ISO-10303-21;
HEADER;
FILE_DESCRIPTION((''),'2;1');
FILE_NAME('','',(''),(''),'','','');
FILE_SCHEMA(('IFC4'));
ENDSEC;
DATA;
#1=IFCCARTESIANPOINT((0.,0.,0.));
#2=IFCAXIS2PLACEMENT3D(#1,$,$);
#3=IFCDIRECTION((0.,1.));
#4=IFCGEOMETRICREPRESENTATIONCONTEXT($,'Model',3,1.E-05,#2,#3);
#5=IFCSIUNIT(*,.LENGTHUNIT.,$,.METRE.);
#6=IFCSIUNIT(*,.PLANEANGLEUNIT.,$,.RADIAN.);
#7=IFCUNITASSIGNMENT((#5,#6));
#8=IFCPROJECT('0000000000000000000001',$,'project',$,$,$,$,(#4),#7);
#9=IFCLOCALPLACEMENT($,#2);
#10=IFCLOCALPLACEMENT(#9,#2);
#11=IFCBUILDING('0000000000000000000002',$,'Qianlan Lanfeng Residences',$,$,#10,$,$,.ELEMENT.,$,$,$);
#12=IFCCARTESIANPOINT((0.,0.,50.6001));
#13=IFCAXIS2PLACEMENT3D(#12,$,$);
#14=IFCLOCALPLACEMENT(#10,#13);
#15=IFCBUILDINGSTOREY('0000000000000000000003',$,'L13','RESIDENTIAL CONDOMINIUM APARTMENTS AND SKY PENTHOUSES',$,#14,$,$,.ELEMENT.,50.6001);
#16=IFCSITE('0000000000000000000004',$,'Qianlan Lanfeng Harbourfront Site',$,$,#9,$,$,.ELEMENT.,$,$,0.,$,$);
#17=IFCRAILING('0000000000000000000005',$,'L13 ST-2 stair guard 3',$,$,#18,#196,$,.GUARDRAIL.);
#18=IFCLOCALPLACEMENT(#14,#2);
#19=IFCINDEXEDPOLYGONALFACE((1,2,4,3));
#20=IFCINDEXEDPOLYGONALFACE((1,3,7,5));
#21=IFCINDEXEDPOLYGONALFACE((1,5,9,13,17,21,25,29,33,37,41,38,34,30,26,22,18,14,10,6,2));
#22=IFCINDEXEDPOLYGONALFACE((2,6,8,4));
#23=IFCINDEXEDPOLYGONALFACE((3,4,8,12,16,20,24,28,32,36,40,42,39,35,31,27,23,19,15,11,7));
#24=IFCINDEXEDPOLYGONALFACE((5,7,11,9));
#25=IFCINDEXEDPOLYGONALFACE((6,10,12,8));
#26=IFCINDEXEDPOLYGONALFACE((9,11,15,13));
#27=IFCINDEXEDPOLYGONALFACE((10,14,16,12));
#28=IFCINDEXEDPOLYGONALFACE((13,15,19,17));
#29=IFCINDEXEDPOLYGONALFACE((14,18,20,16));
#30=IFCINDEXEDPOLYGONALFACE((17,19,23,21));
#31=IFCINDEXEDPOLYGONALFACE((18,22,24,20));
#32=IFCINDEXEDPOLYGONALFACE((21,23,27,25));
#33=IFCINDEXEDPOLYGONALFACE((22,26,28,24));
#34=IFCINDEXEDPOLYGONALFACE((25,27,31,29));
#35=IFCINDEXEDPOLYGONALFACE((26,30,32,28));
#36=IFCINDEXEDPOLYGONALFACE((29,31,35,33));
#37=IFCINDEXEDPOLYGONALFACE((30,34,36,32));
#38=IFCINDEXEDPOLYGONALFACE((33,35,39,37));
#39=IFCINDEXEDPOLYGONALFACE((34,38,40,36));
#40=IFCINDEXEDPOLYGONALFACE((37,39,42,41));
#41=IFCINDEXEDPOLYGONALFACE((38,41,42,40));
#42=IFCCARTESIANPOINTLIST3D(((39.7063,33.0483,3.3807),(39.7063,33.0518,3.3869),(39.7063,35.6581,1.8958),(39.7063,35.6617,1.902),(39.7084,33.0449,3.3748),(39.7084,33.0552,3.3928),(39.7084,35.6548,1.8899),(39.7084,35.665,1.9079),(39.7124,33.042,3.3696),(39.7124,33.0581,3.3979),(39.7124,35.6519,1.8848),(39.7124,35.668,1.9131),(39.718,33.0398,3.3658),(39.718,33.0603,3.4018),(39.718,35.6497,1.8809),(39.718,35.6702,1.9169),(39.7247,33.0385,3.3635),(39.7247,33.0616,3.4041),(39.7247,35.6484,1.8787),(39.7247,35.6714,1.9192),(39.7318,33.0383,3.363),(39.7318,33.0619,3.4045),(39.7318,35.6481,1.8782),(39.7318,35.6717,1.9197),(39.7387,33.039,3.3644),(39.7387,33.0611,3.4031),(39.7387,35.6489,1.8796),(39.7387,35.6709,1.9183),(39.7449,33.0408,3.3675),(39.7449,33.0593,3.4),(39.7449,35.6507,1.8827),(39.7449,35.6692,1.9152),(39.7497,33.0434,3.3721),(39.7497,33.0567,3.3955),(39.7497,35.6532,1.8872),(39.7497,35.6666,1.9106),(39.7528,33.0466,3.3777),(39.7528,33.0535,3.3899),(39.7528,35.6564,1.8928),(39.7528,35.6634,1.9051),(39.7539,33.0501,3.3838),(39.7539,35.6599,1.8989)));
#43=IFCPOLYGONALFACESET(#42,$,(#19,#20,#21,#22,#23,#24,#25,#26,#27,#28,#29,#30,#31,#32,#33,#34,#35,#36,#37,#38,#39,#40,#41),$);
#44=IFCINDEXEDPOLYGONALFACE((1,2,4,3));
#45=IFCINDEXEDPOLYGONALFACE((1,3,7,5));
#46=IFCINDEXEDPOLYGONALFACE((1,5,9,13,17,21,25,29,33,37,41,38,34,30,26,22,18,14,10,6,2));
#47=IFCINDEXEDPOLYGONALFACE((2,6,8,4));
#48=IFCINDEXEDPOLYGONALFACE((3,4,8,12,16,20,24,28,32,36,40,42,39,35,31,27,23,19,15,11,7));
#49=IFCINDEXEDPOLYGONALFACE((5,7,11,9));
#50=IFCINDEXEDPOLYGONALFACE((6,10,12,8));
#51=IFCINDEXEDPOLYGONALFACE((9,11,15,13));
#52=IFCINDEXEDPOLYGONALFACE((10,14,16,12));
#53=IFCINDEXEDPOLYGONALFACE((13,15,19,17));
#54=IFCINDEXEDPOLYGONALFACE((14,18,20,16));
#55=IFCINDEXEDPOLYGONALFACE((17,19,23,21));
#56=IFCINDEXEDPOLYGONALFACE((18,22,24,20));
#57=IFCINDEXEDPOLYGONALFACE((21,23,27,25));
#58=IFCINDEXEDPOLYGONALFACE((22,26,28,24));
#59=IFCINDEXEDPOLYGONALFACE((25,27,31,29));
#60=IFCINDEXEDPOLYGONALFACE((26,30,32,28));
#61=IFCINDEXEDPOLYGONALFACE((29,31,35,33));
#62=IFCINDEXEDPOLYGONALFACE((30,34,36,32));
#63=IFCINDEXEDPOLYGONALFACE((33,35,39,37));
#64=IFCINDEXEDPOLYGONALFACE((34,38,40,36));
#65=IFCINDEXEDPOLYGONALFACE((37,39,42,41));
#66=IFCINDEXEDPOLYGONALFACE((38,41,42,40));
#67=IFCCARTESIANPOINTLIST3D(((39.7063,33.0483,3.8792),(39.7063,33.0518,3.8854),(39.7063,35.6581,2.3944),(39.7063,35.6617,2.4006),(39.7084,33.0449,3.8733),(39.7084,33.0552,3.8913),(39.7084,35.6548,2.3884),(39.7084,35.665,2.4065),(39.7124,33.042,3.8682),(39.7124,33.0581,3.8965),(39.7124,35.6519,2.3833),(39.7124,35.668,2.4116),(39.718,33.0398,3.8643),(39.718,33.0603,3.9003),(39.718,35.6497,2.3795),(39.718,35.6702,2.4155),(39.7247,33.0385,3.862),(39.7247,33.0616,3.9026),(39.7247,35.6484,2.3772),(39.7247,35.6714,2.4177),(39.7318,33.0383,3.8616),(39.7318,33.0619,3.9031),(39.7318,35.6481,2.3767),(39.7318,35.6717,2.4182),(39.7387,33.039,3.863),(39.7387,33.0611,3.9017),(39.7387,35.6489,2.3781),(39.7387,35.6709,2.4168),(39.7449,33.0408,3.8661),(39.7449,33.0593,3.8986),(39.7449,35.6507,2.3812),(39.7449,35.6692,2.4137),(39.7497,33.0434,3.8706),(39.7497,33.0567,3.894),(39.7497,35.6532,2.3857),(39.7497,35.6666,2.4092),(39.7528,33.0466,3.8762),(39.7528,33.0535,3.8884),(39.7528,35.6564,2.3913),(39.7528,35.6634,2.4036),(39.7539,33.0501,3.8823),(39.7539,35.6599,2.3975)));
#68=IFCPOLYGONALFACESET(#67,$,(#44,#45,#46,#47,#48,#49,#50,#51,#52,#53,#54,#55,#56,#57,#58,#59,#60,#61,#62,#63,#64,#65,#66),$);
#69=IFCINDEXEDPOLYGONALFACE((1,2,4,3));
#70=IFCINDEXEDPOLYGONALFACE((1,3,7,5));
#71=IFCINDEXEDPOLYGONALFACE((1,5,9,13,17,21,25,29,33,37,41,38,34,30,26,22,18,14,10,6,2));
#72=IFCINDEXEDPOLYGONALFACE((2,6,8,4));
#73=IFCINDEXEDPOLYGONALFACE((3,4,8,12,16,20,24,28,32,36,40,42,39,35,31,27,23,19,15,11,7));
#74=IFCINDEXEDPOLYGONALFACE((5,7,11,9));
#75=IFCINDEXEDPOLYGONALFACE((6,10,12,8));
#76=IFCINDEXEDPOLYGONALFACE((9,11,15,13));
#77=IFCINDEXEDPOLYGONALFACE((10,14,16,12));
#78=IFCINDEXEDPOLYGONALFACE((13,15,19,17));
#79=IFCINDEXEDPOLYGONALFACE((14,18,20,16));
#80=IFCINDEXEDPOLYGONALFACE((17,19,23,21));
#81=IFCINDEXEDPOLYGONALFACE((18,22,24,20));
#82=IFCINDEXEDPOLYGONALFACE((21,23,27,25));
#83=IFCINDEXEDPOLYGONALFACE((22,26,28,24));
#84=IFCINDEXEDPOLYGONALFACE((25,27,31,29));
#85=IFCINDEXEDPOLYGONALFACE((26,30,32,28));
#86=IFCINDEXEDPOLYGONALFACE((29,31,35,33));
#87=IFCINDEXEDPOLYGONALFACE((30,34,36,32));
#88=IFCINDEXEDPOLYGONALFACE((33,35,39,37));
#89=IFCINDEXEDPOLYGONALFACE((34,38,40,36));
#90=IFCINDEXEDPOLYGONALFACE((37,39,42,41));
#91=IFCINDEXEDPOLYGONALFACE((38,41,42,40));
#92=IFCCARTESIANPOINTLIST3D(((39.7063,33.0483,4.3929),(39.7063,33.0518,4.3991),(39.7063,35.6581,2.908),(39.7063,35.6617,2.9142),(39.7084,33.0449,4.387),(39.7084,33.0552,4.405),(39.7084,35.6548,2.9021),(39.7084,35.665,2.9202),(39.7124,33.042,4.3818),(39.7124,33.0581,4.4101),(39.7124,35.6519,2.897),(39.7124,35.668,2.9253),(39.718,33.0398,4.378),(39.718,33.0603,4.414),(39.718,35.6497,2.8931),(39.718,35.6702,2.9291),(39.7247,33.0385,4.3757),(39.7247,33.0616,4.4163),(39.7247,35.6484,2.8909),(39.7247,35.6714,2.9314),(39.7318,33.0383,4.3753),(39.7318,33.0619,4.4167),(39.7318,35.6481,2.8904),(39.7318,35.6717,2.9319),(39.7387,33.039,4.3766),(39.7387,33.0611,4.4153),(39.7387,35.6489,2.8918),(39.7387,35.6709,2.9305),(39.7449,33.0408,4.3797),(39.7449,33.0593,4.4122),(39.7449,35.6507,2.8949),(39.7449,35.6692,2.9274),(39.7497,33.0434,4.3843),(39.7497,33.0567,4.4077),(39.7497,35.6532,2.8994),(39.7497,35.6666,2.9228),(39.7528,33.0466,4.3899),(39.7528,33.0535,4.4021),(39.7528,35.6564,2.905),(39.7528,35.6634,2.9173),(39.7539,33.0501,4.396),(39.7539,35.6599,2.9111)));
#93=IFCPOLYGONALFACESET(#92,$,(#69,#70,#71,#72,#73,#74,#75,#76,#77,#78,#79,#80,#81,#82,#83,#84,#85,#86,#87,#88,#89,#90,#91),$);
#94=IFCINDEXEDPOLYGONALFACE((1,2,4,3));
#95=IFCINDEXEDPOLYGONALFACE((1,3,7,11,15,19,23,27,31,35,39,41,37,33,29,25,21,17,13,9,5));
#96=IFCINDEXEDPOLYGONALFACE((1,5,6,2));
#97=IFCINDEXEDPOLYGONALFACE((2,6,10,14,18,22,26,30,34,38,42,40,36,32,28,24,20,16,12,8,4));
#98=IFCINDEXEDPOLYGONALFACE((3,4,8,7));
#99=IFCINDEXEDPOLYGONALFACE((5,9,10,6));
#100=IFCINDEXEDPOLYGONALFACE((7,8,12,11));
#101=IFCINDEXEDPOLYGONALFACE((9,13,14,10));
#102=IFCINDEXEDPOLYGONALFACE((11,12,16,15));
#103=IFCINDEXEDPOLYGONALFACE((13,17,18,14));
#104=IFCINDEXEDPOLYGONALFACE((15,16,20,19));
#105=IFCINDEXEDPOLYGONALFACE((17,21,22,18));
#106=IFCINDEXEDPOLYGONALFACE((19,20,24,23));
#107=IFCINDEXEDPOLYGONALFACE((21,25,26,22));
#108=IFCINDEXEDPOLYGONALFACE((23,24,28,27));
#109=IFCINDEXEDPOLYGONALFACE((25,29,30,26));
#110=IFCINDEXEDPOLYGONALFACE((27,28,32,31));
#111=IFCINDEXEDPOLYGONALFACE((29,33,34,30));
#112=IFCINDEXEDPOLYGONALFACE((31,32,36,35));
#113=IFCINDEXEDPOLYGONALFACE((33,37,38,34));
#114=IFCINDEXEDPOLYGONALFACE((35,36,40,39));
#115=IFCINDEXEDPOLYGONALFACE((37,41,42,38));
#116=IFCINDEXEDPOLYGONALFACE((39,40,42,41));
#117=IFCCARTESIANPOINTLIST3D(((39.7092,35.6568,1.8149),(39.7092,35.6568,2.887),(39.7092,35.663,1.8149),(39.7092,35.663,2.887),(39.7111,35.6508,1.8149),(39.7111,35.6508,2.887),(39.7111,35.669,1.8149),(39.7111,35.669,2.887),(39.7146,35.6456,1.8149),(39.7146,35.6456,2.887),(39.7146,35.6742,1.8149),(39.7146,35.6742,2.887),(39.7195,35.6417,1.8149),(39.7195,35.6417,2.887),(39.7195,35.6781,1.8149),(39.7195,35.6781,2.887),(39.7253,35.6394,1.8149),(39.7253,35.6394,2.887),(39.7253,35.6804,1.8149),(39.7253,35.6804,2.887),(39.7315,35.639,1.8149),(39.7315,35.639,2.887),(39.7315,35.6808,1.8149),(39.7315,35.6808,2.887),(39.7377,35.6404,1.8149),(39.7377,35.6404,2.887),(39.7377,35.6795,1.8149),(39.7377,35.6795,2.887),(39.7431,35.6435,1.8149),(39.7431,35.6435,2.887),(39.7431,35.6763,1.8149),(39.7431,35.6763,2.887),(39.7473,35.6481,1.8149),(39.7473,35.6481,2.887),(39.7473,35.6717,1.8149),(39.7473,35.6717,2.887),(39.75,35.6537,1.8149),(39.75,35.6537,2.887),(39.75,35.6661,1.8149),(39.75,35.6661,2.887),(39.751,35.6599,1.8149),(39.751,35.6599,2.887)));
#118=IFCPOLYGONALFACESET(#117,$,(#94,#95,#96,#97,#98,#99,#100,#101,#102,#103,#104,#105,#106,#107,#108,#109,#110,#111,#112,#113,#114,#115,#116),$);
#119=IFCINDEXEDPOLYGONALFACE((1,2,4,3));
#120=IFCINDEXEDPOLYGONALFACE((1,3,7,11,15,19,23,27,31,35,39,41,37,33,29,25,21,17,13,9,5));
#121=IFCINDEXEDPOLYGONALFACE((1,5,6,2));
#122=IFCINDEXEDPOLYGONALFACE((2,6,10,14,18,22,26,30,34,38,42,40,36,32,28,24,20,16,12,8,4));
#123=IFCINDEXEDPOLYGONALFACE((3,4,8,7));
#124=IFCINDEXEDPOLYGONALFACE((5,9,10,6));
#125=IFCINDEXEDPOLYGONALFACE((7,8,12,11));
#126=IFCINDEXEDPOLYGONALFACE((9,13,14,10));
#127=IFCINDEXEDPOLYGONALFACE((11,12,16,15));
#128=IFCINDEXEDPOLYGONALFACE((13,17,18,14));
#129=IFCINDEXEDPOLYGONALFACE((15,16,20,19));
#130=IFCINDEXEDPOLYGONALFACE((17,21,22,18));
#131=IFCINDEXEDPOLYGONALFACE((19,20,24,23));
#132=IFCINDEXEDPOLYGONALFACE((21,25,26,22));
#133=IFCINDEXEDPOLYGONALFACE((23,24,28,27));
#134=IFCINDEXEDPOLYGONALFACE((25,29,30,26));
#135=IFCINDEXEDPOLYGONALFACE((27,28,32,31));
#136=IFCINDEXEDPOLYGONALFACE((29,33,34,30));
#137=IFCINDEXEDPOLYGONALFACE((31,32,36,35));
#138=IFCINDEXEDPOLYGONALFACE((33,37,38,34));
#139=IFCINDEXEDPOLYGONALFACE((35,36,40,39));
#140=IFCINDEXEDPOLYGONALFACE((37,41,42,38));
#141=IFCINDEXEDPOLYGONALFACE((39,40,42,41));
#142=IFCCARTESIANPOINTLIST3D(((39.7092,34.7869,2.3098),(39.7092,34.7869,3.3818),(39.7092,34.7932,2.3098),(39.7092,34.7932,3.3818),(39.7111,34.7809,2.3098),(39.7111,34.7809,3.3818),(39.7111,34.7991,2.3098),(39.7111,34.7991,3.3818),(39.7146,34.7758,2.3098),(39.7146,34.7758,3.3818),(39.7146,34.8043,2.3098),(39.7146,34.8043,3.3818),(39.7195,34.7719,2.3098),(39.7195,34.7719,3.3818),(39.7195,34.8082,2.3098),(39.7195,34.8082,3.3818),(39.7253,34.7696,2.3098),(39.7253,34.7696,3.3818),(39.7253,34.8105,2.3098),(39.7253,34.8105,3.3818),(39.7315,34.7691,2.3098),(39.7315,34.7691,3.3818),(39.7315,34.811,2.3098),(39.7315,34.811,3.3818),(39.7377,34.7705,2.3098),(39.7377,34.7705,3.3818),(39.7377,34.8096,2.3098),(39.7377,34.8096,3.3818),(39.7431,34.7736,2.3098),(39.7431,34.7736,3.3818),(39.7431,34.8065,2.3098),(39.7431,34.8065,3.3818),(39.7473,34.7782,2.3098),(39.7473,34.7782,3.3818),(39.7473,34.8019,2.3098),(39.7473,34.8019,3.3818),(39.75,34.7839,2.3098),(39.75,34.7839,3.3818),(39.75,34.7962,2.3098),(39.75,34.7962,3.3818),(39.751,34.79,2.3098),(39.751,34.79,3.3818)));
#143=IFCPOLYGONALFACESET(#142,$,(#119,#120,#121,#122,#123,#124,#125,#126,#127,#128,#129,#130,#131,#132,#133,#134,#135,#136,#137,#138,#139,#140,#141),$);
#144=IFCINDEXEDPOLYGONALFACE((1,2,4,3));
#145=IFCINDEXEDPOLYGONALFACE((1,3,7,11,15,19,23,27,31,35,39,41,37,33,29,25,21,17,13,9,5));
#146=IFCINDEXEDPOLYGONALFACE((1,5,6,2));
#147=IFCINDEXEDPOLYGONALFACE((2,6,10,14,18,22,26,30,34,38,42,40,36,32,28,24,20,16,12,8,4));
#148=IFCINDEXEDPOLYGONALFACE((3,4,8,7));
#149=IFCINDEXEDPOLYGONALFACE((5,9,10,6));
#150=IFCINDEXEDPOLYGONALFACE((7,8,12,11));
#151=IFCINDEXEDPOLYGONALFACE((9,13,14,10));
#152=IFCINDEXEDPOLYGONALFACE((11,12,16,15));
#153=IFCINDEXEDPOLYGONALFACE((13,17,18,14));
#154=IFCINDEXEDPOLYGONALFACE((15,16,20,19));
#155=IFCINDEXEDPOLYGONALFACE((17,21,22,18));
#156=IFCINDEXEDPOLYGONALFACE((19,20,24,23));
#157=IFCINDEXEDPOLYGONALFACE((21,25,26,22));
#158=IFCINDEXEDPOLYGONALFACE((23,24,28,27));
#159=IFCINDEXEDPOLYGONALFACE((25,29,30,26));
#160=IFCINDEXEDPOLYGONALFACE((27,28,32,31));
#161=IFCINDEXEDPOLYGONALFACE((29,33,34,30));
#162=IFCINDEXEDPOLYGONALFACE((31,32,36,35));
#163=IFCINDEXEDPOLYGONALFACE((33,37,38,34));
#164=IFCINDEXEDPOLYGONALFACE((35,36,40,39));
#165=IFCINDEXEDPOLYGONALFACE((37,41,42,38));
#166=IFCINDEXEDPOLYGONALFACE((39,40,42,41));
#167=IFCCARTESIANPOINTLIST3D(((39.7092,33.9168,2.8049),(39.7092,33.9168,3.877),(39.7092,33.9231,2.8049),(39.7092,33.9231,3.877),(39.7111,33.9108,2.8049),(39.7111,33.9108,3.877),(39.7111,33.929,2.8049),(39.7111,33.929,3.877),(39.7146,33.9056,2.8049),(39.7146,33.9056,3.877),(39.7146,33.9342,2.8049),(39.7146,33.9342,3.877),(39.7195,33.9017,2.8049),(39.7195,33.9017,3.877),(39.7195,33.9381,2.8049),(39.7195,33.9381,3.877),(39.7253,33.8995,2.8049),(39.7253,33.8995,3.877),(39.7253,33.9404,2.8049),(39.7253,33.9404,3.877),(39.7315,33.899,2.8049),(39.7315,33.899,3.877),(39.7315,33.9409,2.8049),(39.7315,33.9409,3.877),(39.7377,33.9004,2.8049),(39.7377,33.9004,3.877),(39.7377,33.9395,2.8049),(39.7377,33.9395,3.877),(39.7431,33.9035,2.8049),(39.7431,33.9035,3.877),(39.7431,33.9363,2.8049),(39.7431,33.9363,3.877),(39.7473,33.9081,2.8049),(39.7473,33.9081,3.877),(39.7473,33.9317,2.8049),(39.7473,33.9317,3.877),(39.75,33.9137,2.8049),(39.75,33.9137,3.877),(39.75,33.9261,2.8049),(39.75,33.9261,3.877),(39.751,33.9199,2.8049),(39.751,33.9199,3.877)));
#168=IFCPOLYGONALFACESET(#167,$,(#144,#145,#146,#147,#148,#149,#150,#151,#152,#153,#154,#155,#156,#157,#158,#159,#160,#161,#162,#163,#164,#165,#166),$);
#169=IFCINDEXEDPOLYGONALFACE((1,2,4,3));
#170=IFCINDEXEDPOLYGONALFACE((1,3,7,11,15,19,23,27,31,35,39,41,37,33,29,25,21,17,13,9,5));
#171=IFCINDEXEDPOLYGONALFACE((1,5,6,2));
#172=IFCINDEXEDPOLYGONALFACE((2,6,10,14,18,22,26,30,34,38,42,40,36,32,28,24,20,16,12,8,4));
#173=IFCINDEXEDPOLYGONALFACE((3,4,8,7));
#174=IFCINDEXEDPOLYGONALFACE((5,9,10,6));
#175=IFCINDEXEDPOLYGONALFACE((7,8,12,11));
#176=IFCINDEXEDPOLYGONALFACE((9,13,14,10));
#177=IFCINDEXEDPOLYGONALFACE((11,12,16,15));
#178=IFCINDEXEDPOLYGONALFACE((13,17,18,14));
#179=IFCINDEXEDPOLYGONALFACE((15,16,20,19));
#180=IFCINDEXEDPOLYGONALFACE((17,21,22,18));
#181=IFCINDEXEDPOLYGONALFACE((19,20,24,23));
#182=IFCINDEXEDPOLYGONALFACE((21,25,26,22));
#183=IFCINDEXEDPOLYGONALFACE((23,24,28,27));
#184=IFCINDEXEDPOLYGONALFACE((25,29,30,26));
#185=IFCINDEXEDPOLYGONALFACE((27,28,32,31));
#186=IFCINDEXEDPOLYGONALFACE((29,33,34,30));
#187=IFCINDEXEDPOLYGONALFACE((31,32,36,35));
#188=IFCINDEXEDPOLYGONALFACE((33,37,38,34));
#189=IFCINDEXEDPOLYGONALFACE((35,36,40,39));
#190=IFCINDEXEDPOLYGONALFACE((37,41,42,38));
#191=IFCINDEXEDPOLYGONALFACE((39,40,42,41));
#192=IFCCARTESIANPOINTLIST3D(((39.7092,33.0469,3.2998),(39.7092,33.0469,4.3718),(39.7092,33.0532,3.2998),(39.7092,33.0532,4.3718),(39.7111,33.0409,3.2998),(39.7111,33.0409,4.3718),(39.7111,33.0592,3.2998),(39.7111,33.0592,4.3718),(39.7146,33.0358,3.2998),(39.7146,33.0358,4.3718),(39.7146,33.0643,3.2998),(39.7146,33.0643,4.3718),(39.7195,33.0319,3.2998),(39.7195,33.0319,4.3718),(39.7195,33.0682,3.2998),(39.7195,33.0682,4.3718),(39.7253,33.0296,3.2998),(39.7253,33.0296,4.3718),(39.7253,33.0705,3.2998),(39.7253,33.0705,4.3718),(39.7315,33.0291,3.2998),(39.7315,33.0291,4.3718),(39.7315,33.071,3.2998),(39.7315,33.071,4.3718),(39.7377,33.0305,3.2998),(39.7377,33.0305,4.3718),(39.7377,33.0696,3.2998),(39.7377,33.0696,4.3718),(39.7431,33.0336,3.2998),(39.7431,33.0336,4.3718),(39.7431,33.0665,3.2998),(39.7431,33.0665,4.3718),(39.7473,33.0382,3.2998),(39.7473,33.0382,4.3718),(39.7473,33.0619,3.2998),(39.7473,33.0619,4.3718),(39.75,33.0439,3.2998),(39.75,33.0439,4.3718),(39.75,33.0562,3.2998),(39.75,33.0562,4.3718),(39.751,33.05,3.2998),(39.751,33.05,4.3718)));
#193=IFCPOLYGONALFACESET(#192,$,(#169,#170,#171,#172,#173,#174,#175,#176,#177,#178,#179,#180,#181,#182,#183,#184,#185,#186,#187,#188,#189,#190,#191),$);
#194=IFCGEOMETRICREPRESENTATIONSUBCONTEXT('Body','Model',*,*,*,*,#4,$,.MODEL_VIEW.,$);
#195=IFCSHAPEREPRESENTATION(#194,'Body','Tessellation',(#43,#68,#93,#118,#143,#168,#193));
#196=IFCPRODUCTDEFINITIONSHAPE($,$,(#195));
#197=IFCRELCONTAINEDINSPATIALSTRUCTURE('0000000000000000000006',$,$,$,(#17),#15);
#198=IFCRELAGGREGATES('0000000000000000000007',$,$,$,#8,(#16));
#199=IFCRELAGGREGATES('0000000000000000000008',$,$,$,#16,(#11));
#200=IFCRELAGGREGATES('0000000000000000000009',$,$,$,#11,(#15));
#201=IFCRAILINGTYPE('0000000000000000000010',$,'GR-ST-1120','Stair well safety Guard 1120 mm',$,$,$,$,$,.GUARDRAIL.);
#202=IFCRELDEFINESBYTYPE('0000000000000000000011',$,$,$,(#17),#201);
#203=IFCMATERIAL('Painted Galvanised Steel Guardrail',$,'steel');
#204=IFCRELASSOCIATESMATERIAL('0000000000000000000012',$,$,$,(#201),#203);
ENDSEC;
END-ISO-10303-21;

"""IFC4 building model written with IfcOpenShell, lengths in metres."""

from ifc_helpers import new_model, si_unit, direction, frame, origin, origin_2d, place, context, subcontext, project, spatial, circle, extrude, material, type_object, element, save


model = new_model("IFC4")

# Units and contexts
model_context = context("Model", 3, precision=1e-05, world=origin(), true_north=direction((0.0, 1.0)))
body_context = subcontext(model_context, "Body", "Model", "MODEL_VIEW")
ifc_project = project(units=[si_unit("LENGTHUNIT", "METRE"), si_unit("PLANEANGLEUNIT", "RADIAN")], contexts=[model_context])

# Site, building, storey
site_placement = place(None, origin())
site = spatial("IfcSite", under=ifc_project, at=site_placement, Name="Qianlan Lanfeng Harbourfront Site", CompositionType="ELEMENT", RefElevation=0.0)
building_placement = place(site_placement, origin())
building = spatial("IfcBuilding", under=site, at=building_placement, Name="Qianlan Lanfeng Residences", CompositionType="ELEMENT")
storey_placement = place(building_placement, frame((0.0, 0.0, 50.6001)))
storey = spatial("IfcBuildingStorey", under=building, at=storey_placement, Name="L13", Description="RESIDENTIAL CONDOMINIUM APARTMENTS AND SKY PENTHOUSES", CompositionType="ELEMENT", Elevation=50.6001)

# Railing
ifc_material_1 = material(Name="Painted Galvanised Steel Guardrail", Category="steel")
railing_type_1 = type_object("IfcRailingType", Name="GR-ST-1120", Description="Stair well safety Guard 1120 mm", PredefinedType="GUARDRAIL", material=ifc_material_1)
railing_1_placement = place(storey_placement, frame((39.73, 35.6599, 1.8149)))
element("IfcRailing", 1, at=railing_1_placement, inside=storey, type_object=railing_type_1, Name="L13 ST-2 stair guard 3", PredefinedType="GUARDRAIL", context=body_context, shape_type="SweptSolid", body=[
    extrude(circle(Radius=0.0239, at=origin_2d()), frame((0.0, 0.0, 0.084), z_axis=(0.0, -0.869172, 0.494509), x_axis=(1.0, 0.0, 0.0)), (0.0, 0.0, 1.0), 3.0027),
    extrude(circle(Radius=0.0239, at=origin_2d()), frame((0.0, 0.0, 0.5825), z_axis=(0.0, -0.869172, 0.494509), x_axis=(1.0, 0.0, 0.0)), (0.0, 0.0, 1.0), 3.0027),
    extrude(circle(Radius=0.0239, at=origin_2d()), frame((0.0, 0.0, 1.0962), z_axis=(0.0, -0.869172, 0.494509), x_axis=(1.0, 0.0, 0.0)), (0.0, 0.0, 1.0), 3.0027),
    extrude(circle(Radius=0.021, at=origin_2d()), origin(), (0.0, 0.0, 1.0), 1.072),
    extrude(circle(Radius=0.021, at=origin_2d()), frame((0.0, -0.8699, 0.4949)), (0.0, 0.0, 1.0), 1.072),
    extrude(circle(Radius=0.021, at=origin_2d()), frame((0.0, -1.74, 0.99)), (0.0, 0.0, 1.0), 1.072),
    extrude(circle(Radius=0.021, at=origin_2d()), frame((0.0, -2.6099, 1.4849)), (0.0, 0.0, 1.0), 1.072),
])

save(model, "model.ifc")
